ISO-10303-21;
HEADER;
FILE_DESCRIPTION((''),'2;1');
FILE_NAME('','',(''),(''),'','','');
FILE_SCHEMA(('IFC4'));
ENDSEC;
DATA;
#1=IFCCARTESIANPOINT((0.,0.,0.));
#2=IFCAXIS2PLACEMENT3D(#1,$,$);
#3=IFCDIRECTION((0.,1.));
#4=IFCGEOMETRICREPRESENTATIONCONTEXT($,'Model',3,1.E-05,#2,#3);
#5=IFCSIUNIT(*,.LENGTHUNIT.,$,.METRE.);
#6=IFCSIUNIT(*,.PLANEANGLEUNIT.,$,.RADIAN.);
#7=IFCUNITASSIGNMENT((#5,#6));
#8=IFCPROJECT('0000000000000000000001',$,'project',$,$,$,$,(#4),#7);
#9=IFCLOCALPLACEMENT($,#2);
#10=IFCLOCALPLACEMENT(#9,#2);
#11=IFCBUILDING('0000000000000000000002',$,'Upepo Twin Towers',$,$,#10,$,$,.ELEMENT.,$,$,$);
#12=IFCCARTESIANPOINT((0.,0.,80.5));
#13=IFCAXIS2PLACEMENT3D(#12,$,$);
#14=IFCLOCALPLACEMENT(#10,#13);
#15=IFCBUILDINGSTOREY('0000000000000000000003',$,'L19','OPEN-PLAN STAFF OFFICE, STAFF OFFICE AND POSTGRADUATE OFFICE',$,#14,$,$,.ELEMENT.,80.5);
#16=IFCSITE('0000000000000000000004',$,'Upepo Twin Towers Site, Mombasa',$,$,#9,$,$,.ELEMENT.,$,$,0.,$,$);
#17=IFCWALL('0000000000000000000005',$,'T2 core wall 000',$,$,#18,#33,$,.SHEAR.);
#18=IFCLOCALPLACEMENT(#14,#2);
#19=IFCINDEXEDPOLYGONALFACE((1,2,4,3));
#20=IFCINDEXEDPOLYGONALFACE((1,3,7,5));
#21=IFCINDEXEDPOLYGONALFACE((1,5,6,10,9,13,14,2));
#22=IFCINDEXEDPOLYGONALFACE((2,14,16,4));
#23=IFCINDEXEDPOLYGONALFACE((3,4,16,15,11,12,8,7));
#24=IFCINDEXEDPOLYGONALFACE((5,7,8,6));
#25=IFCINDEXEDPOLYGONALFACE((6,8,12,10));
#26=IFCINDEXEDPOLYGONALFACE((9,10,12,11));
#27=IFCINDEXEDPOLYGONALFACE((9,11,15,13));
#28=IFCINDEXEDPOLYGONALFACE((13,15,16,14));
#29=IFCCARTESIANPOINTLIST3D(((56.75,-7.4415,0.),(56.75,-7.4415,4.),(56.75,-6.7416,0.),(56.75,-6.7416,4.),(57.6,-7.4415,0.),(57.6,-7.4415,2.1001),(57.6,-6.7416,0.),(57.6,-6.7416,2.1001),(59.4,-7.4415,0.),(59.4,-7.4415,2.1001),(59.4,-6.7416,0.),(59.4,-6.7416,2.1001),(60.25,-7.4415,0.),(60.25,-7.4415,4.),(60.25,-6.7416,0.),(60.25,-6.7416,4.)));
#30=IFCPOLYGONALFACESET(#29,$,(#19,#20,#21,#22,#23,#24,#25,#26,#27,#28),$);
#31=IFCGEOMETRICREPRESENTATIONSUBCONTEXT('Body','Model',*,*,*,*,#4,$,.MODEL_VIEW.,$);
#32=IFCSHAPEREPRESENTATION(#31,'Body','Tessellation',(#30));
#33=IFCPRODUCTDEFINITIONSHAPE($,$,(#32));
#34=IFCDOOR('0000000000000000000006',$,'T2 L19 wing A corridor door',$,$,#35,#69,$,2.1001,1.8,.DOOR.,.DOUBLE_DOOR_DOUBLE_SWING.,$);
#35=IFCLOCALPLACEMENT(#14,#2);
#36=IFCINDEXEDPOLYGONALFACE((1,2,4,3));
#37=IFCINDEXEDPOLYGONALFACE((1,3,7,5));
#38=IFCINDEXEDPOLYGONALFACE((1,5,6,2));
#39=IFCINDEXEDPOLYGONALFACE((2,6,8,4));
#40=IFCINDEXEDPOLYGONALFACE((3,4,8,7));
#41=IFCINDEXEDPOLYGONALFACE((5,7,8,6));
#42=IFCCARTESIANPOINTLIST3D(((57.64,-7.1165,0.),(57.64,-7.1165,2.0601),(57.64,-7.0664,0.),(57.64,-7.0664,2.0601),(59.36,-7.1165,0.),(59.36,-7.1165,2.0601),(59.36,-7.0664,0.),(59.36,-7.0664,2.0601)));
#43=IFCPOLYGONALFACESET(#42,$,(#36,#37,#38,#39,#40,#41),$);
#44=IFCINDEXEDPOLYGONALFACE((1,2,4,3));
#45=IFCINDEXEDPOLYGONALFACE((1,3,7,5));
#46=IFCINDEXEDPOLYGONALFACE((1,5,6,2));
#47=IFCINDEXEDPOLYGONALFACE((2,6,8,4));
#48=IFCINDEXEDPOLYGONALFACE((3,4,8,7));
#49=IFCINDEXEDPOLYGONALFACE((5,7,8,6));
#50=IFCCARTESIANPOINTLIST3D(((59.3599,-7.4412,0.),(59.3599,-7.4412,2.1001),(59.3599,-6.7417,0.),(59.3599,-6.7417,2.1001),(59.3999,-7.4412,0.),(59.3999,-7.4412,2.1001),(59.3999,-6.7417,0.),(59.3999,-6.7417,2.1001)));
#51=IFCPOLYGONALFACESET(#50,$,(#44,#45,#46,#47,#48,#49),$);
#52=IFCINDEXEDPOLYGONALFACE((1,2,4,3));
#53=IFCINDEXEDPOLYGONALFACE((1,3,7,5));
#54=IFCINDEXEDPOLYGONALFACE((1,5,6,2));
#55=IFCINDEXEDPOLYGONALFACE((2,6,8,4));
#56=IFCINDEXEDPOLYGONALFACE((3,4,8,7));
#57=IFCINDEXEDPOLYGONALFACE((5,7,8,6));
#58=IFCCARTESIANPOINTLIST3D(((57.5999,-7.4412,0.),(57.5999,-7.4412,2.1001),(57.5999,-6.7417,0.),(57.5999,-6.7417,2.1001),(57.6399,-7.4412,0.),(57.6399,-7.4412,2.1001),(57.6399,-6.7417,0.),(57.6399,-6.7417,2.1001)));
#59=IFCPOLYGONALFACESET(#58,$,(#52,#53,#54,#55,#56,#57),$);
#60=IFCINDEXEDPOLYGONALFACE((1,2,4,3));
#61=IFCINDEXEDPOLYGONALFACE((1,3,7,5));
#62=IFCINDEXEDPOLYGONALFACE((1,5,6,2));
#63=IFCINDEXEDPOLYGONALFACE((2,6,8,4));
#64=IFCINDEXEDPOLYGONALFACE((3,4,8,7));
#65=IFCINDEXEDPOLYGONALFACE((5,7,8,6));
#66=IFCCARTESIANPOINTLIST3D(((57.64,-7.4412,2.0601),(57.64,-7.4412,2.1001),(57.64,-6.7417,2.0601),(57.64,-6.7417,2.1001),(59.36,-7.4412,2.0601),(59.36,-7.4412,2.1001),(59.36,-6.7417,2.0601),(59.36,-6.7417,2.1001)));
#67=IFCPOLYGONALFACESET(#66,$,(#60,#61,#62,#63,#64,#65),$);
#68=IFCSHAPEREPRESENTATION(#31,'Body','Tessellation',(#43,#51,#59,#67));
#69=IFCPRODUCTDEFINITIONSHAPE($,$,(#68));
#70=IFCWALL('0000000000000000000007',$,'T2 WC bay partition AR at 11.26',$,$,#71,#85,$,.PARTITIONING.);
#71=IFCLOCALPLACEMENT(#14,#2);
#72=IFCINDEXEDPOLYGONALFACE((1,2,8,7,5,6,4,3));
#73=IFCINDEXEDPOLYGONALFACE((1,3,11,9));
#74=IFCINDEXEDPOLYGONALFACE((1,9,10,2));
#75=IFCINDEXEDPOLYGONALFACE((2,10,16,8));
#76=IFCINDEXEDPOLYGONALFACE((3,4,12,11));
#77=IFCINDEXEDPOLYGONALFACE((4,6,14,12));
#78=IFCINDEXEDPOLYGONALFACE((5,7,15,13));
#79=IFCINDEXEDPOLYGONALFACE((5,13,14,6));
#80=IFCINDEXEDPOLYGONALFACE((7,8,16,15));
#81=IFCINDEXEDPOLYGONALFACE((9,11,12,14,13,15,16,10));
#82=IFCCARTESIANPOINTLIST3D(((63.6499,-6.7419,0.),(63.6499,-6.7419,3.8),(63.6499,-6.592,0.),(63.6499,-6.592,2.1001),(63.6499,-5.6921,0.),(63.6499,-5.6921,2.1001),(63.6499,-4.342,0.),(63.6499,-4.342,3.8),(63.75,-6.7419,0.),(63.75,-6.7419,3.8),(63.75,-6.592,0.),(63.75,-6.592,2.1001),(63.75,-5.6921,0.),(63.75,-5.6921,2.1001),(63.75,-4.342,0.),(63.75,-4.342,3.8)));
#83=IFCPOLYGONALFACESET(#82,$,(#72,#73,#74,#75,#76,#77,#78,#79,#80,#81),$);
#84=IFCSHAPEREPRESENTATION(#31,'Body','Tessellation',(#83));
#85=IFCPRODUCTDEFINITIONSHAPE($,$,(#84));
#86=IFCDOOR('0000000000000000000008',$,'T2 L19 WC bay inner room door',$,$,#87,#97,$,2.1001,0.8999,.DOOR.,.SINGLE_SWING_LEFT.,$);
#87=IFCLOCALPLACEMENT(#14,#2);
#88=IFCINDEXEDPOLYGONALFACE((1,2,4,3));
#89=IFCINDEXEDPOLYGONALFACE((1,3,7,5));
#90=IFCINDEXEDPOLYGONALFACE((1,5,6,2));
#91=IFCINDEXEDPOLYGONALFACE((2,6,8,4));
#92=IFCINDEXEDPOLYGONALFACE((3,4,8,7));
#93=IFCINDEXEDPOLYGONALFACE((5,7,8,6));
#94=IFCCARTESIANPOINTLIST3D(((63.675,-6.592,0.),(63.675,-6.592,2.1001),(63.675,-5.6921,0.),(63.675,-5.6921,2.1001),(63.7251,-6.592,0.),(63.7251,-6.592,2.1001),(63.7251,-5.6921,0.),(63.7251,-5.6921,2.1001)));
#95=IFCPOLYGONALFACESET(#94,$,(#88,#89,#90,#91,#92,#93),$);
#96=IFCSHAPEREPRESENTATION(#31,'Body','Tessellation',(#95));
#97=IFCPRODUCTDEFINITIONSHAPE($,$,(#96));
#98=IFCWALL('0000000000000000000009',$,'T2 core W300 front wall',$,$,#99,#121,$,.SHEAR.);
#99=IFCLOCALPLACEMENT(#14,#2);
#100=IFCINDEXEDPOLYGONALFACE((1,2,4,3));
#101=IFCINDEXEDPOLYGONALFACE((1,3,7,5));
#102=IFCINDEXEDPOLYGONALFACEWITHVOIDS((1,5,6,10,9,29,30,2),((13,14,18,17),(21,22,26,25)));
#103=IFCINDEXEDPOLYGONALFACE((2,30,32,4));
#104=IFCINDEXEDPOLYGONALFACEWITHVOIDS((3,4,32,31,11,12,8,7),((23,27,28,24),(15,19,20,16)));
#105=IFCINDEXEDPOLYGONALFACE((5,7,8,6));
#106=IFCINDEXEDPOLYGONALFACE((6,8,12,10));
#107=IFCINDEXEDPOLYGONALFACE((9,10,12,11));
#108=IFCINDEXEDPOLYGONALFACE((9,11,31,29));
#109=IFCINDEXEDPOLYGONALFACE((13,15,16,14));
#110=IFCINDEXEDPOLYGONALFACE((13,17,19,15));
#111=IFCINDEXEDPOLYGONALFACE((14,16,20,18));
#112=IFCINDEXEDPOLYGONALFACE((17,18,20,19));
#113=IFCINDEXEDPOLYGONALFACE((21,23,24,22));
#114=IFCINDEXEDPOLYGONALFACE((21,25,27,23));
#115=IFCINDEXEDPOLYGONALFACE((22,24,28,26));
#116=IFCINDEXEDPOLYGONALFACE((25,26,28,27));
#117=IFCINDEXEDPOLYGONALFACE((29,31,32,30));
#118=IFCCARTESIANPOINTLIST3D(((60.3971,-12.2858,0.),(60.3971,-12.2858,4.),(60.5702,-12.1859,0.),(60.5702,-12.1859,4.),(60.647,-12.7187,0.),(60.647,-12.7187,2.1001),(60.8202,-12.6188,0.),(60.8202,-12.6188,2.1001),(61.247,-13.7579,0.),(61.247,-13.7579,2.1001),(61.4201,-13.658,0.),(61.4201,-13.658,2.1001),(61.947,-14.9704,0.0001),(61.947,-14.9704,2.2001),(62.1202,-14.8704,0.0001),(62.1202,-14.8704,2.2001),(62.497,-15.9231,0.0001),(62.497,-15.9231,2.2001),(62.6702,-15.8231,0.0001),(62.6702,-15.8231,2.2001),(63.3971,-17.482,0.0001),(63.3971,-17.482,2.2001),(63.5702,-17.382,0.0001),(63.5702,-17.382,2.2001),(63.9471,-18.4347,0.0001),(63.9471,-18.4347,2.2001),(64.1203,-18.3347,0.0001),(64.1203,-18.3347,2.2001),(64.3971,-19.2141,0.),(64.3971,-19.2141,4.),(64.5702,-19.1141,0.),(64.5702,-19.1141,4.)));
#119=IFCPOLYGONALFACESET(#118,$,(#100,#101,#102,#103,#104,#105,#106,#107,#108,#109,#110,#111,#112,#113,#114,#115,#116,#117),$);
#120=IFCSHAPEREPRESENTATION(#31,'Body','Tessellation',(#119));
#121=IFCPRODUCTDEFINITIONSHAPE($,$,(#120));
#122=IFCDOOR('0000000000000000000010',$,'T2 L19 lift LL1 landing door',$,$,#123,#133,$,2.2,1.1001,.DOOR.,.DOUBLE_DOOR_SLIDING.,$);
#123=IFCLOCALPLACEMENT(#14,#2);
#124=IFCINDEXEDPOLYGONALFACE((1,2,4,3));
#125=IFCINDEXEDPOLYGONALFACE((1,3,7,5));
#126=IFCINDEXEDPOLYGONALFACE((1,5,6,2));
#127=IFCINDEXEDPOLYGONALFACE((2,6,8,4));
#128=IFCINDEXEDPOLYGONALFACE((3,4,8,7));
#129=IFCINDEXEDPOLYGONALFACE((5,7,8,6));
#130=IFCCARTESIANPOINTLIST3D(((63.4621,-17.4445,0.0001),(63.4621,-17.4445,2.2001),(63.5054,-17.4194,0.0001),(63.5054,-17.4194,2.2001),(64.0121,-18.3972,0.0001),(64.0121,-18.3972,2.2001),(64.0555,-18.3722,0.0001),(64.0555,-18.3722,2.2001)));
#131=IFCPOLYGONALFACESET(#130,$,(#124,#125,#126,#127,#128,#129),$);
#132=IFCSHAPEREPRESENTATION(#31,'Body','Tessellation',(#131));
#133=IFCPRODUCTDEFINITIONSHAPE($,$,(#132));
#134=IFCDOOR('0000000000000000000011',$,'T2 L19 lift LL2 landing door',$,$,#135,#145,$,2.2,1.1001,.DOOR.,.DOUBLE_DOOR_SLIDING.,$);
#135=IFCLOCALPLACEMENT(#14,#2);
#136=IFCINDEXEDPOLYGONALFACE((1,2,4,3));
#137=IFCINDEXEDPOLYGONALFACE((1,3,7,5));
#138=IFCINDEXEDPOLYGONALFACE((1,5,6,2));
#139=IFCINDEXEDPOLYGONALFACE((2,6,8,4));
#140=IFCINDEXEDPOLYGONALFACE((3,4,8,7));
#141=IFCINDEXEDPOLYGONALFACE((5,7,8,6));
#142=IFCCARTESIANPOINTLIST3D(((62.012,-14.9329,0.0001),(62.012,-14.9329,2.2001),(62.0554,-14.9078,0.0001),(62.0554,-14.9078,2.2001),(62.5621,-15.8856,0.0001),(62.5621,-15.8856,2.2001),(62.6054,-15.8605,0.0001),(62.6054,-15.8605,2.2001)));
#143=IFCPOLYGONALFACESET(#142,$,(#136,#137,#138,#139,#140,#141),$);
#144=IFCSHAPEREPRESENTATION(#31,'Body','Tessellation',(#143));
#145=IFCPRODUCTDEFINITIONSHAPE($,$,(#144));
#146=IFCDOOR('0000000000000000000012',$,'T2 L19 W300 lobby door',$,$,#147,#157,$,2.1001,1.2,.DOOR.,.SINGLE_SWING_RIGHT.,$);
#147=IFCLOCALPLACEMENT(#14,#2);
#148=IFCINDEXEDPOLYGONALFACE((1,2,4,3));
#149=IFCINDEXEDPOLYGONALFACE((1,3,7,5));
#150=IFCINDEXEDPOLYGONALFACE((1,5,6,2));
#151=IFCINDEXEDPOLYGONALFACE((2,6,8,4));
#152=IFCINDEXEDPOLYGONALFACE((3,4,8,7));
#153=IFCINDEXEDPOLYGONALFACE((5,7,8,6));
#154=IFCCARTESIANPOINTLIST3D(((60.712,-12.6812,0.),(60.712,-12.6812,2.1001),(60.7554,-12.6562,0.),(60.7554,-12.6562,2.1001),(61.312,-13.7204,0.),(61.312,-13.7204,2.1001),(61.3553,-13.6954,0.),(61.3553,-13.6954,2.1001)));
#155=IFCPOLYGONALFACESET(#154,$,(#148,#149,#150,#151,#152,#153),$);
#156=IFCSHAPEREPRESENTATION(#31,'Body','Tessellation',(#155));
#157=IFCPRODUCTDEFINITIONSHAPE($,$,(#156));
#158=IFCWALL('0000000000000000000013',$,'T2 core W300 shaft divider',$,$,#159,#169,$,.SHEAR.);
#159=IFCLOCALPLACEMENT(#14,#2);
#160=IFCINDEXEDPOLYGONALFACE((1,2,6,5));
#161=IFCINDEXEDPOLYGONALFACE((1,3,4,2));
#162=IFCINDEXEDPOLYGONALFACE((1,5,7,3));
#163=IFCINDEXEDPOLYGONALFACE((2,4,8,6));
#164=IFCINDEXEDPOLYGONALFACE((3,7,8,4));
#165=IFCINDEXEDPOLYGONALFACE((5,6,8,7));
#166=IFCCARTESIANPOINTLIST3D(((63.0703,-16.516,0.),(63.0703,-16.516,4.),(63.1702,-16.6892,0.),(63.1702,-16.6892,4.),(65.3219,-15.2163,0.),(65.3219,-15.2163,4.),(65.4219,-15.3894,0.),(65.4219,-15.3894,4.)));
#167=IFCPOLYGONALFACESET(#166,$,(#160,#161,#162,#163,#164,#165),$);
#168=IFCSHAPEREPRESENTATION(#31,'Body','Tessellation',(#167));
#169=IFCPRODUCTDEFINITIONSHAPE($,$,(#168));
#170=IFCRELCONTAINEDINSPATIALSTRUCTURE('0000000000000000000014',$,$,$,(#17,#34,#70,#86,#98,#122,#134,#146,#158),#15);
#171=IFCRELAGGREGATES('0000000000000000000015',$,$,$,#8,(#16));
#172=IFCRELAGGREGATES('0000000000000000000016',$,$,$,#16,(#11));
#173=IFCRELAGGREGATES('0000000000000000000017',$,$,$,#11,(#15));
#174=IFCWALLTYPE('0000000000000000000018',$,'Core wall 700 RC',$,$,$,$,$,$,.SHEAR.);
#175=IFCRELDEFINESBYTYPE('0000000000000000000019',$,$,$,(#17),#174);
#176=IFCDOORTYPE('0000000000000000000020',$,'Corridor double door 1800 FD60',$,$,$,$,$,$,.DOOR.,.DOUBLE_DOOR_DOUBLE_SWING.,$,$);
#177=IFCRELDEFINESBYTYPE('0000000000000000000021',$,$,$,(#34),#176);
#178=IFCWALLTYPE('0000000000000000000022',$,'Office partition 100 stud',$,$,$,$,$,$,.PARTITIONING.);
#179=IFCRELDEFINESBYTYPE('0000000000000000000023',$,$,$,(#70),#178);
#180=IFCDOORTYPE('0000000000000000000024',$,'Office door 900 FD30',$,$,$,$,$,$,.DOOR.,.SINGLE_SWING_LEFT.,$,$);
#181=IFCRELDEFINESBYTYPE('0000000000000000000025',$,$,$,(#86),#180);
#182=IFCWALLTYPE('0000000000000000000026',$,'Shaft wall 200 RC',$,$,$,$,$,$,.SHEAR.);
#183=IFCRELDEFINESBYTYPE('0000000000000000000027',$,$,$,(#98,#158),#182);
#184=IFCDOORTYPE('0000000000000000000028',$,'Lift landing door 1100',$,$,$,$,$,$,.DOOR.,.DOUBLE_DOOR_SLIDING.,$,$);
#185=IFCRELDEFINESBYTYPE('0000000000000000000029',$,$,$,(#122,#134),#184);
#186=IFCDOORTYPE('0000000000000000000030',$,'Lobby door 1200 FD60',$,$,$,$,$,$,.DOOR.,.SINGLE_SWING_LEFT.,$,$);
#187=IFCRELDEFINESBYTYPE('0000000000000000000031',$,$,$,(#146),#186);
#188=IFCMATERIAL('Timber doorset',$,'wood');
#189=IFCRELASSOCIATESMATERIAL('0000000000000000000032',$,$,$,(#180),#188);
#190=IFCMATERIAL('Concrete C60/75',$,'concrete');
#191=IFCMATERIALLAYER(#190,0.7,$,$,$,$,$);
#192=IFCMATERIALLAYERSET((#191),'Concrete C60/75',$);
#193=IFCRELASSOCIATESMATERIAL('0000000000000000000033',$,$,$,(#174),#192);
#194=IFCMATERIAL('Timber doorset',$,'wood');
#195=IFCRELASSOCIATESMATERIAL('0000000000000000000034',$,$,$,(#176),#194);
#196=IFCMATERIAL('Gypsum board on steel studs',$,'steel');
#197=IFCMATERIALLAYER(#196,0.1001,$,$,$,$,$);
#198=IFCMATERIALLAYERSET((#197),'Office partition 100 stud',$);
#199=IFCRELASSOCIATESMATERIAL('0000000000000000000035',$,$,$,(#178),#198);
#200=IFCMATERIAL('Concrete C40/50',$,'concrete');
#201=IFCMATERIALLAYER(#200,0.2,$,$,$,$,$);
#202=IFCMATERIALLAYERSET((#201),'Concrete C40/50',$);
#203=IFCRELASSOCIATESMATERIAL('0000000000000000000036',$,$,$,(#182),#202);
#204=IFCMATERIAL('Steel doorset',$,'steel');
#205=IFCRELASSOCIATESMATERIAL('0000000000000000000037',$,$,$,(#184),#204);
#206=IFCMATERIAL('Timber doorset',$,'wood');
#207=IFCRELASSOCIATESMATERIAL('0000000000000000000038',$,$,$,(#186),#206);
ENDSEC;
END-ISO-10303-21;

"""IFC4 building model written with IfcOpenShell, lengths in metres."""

from ifc_helpers import new_model, si_unit, direction, frame, frame_2d, origin, place, context, subcontext, project, spatial, rectangle, extrude, material, layer, layer_set, type_object, element, fill, save


model = new_model("IFC4")

# Units and contexts
model_context = context("Model", 3, precision=1e-05, world=origin(), true_north=direction((0.0, 1.0)))
body_context = subcontext(model_context, "Body", "Model", "MODEL_VIEW")
ifc_project = project(units=[si_unit("LENGTHUNIT", "METRE"), si_unit("PLANEANGLEUNIT", "RADIAN")], contexts=[model_context])

# Site, building, storey
site_placement = place(None, origin())
site = spatial("IfcSite", under=ifc_project, at=site_placement, Name="Upepo Twin Towers Site, Mombasa", CompositionType="ELEMENT", RefElevation=0.0)
building_placement = place(site_placement, origin())
building = spatial("IfcBuilding", under=site, at=building_placement, Name="Upepo Twin Towers", CompositionType="ELEMENT")
storey_placement = place(building_placement, frame((0.0, 0.0, 80.5)))
storey = spatial("IfcBuildingStorey", under=building, at=storey_placement, Name="L19", Description="OPEN-PLAN STAFF OFFICE, STAFF OFFICE AND POSTGRADUATE OFFICE", CompositionType="ELEMENT", Elevation=80.5)

# Shared definitions
ifc_material_1 = material(Name="Timber doorset", Category="wood")
door_type_1 = type_object("IfcDoorType", Name="Office door 900 FD30", OperationType="SINGLE_SWING_LEFT", PredefinedType="DOOR", material=ifc_material_1)

# Shared definitions
ifc_material_2 = material(Name="Concrete C60/75", Category="concrete")
ifc_layer_1 = layer(ifc_material_2, 0.7)
ifc_layer_set_1 = layer_set([ifc_layer_1], Name="Concrete C60/75")
wall_type_1 = type_object("IfcWallType", Name="Core wall 700 RC", PredefinedType="SHEAR", material=ifc_layer_set_1)

# Walls, openings, doors
wall_1_placement = place(storey_placement, frame((60.25, -7.0916, 0.0), z_axis=(0.0, 0.0, 1.0), x_axis=(-1.0, 0.0, 0.0)))
wall_1 = element("IfcWall", 1, at=wall_1_placement, inside=storey, type_object=wall_type_1, Name="T2 core wall 000", PredefinedType="SHEAR", context=body_context, shape_type="SweptSolid", body=[
    extrude(rectangle(XDim=3.5, YDim=0.7, at=frame_2d((1.75, 0.0))), origin(), (0.0, 0.0, 1.0), 4.0),
])
opening_1_placement = place(wall_1_placement, frame((0.8501, 0.0, 0.0)))
opening_1 = element("IfcOpeningElement", 2, at=opening_1_placement, cuts=wall_1, PredefinedType="OPENING", context=body_context, shape_type="SweptSolid", body=[
    extrude(rectangle(XDim=1.8, YDim=2.1001, at=frame_2d((0.8999, 1.05))), frame((0.0, 0.3599, 0.0), z_axis=(0.0, -1.0, 0.0), x_axis=(1.0, 0.0, 0.0)), (0.0, 0.0, 1.0), 0.72),
])
ifc_material_3 = material(Name="Timber doorset", Category="wood")
door_type_2 = type_object("IfcDoorType", Name="Corridor double door 1800 FD60", OperationType="DOUBLE_DOOR_DOUBLE_SWING", PredefinedType="DOOR", material=ifc_material_3)
door_1_placement = place(opening_1_placement, origin())
door_1 = element("IfcDoor", 3, at=door_1_placement, inside=storey, type_object=door_type_2, Name="T2 L19 wing A corridor door", OperationType="DOUBLE_DOOR_DOUBLE_SWING", OverallHeight=2.1001, OverallWidth=1.8, PredefinedType="DOOR", context=body_context, shape_type="SweptSolid", body=[
    extrude(rectangle(XDim=1.72, YDim=2.0601, at=frame_2d((0.8999, 1.03))), frame((0.0, 0.0249, 0.0), z_axis=(0.0, -1.0, 0.0), x_axis=(1.0, 0.0, 0.0)), (0.0, 0.0, 1.0), 0.05),
    extrude(rectangle(XDim=0.04, YDim=2.1001, at=frame_2d((0.02, 1.05))), frame((0.0, 0.3496, 0.0), z_axis=(0.0, -1.0, 0.0), x_axis=(1.0, 0.0, 0.0)), (0.0, 0.0, 1.0), 0.6995),
    extrude(rectangle(XDim=0.04, YDim=2.1001, at=frame_2d((1.78, 1.05))), frame((0.0, 0.3496, 0.0), z_axis=(0.0, -1.0, 0.0), x_axis=(1.0, 0.0, 0.0)), (0.0, 0.0, 1.0), 0.6995),
    extrude(rectangle(XDim=1.72, YDim=0.04, at=frame_2d((0.8999, 2.0801))), frame((0.0, 0.3496, 0.0), z_axis=(0.0, -1.0, 0.0), x_axis=(1.0, 0.0, 0.0)), (0.0, 0.0, 1.0), 0.6995),
])
fill(opening_1, door_1)
ifc_material_4 = material(Name="Gypsum board on steel studs", Category="steel")
ifc_layer_2 = layer(ifc_material_4, 0.1001)
ifc_layer_set_2 = layer_set([ifc_layer_2], Name="Office partition 100 stud")
wall_type_2 = type_object("IfcWallType", Name="Office partition 100 stud", PredefinedType="PARTITIONING", material=ifc_layer_set_2)
wall_2_placement = place(storey_placement, frame((63.7, -6.7419, 0.0), z_axis=(0.0, 0.0, 1.0), x_axis=(0.0, 1.0, 0.0)))
wall_2 = element("IfcWall", 4, at=wall_2_placement, inside=storey, type_object=wall_type_2, Name="T2 WC bay partition AR at 11.26", PredefinedType="PARTITIONING", context=body_context, shape_type="SweptSolid", body=[
    extrude(rectangle(XDim=2.3999, YDim=0.1001, at=frame_2d((1.2, 0.0))), origin(), (0.0, 0.0, 1.0), 3.8),
])
opening_2_placement = place(wall_2_placement, frame((0.1499, 0.0, 0.0)))
opening_2 = element("IfcOpeningElement", 5, at=opening_2_placement, cuts=wall_2, PredefinedType="OPENING", context=body_context, shape_type="SweptSolid", body=[
    extrude(rectangle(XDim=0.8999, YDim=2.1001, at=frame_2d((0.45, 1.05))), frame((0.0, 0.0601, 0.0), z_axis=(0.0, -1.0, 0.0), x_axis=(1.0, 0.0, 0.0)), (0.0, 0.0, 1.0), 0.1201),
])
door_2_placement = place(opening_2_placement, origin())
door_2 = element("IfcDoor", 6, at=door_2_placement, inside=storey, type_object=door_type_1, Name="T2 L19 WC bay inner room door", OperationType="SINGLE_SWING_LEFT", OverallHeight=2.1001, OverallWidth=0.8999, PredefinedType="DOOR", context=body_context, shape_type="SweptSolid", body=[
    extrude(rectangle(XDim=0.8999, YDim=2.1001, at=frame_2d((0.45, 1.05))), frame((0.0, 0.0249, 0.0), z_axis=(0.0, -1.0, 0.0), x_axis=(1.0, 0.0, 0.0)), (0.0, 0.0, 1.0), 0.05),
])
fill(opening_2, door_2)

# Wall, openings, doors
ifc_material_5 = material(Name="Concrete C40/50", Category="concrete")
ifc_layer_3 = layer(ifc_material_5, 0.2)
ifc_layer_set_3 = layer_set([ifc_layer_3], Name="Concrete C40/50")
wall_type_3 = type_object("IfcWallType", Name="Shaft wall 200 RC", PredefinedType="SHEAR", material=ifc_layer_set_3)
wall_3_placement = place(storey_placement, frame((64.4836, -19.1641, 0.0), z_axis=(0.0, 0.0, 1.0), x_axis=(-0.499999, 0.866026, 0.0)))
wall_3 = element("IfcWall", 7, at=wall_3_placement, inside=storey, type_object=wall_type_3, Name="T2 core W300 front wall", PredefinedType="SHEAR", context=body_context, shape_type="SweptSolid", body=[
    extrude(rectangle(XDim=8.0, YDim=0.2, at=frame_2d((4.0, 0.0))), origin(), (0.0, 0.0, 1.0), 4.0),
])
opening_3_placement = place(wall_3_placement, frame((6.3, 0.0, 0.0)))
opening_3 = element("IfcOpeningElement", 8, at=opening_3_placement, cuts=wall_3, PredefinedType="OPENING", context=body_context, shape_type="SweptSolid", body=[
    extrude(rectangle(XDim=1.2, YDim=2.1001, at=frame_2d((0.6001, 1.05))), frame((0.0, 0.1099, 0.0), z_axis=(0.0, -1.0, 0.0), x_axis=(1.0, 0.0, 0.0)), (0.0, 0.0, 1.0), 0.22),
])
opening_4_placement = place(wall_3_placement, frame((0.8999, 0.0, 0.0)))
opening_4 = element("IfcOpeningElement", 9, at=opening_4_placement, cuts=wall_3, PredefinedType="OPENING", context=body_context, shape_type="SweptSolid", body=[
    extrude(rectangle(XDim=1.1001, YDim=2.2, at=frame_2d((0.55, 1.1001))), frame((0.0, 0.1099, 0.0), z_axis=(0.0, -1.0, 0.0), x_axis=(1.0, 0.0, 0.0)), (0.0, 0.0, 1.0), 0.22),
])
opening_5_placement = place(wall_3_placement, frame((3.8, 0.0, 0.0)))
opening_5 = element("IfcOpeningElement", 10, at=opening_5_placement, cuts=wall_3, PredefinedType="OPENING", context=body_context, shape_type="SweptSolid", body=[
    extrude(rectangle(XDim=1.1001, YDim=2.2, at=frame_2d((0.55, 1.1001))), frame((0.0, 0.1099, 0.0), z_axis=(0.0, -1.0, 0.0), x_axis=(1.0, 0.0, 0.0)), (0.0, 0.0, 1.0), 0.22),
])
ifc_material_6 = material(Name="Steel doorset", Category="steel")
door_type_3 = type_object("IfcDoorType", Name="Lift landing door 1100", OperationType="DOUBLE_DOOR_SLIDING", PredefinedType="DOOR", material=ifc_material_6)
door_3_placement = place(opening_4_placement, origin())
door_3 = element("IfcDoor", 11, at=door_3_placement, inside=storey, type_object=door_type_3, Name="T2 L19 lift LL1 landing door", OperationType="DOUBLE_DOOR_SLIDING", OverallHeight=2.2, OverallWidth=1.1001, PredefinedType="DOOR", context=body_context, shape_type="SweptSolid", body=[
    extrude(rectangle(XDim=1.1001, YDim=2.2, at=frame_2d((0.55, 1.1001))), frame((0.0, 0.0249, 0.0), z_axis=(0.0, -1.0, 0.0), x_axis=(1.0, 0.0, 0.0)), (0.0, 0.0, 1.0), 0.05),
])
fill(opening_4, door_3)
door_4_placement = place(opening_5_placement, origin())
door_4 = element("IfcDoor", 12, at=door_4_placement, inside=storey, type_object=door_type_3, Name="T2 L19 lift LL2 landing door", OperationType="DOUBLE_DOOR_SLIDING", OverallHeight=2.2, OverallWidth=1.1001, PredefinedType="DOOR", context=body_context, shape_type="SweptSolid", body=[
    extrude(rectangle(XDim=1.1001, YDim=2.2, at=frame_2d((0.55, 1.1001))), frame((0.0, 0.0249, 0.0), z_axis=(0.0, -1.0, 0.0), x_axis=(1.0, 0.0, 0.0)), (0.0, 0.0, 1.0), 0.05),
])
fill(opening_5, door_4)
ifc_material_7 = material(Name="Timber doorset", Category="wood")
door_type_4 = type_object("IfcDoorType", Name="Lobby door 1200 FD60", OperationType="SINGLE_SWING_LEFT", PredefinedType="DOOR", material=ifc_material_7)
door_5_placement = place(opening_3_placement, origin())
door_5 = element("IfcDoor", 13, at=door_5_placement, inside=storey, type_object=door_type_4, Name="T2 L19 W300 lobby door", OperationType="SINGLE_SWING_RIGHT", OverallHeight=2.1001, OverallWidth=1.2, PredefinedType="DOOR", context=body_context, shape_type="SweptSolid", body=[
    extrude(rectangle(XDim=1.2, YDim=2.1001, at=frame_2d((0.6001, 1.05))), frame((0.0, 0.0249, 0.0), z_axis=(0.0, -1.0, 0.0), x_axis=(1.0, 0.0, 0.0)), (0.0, 0.0, 1.0), 0.05),
])
fill(opening_3, door_5)

# Wall
wall_4_placement = place(storey_placement, frame((63.1204, -16.6025, 0.0), z_axis=(0.0, 0.0, 1.0), x_axis=(0.866062, 0.499937, 0.0)))
element("IfcWall", 14, at=wall_4_placement, inside=storey, type_object=wall_type_3, Name="T2 core W300 shaft divider", PredefinedType="SHEAR", context=body_context, shape_type="SweptSolid", body=[
    extrude(rectangle(XDim=2.5999, YDim=0.2, at=frame_2d((1.2998, 0.0))), origin(), (0.0, 0.0, 1.0), 4.0),
])

save(model, "model.ifc")
